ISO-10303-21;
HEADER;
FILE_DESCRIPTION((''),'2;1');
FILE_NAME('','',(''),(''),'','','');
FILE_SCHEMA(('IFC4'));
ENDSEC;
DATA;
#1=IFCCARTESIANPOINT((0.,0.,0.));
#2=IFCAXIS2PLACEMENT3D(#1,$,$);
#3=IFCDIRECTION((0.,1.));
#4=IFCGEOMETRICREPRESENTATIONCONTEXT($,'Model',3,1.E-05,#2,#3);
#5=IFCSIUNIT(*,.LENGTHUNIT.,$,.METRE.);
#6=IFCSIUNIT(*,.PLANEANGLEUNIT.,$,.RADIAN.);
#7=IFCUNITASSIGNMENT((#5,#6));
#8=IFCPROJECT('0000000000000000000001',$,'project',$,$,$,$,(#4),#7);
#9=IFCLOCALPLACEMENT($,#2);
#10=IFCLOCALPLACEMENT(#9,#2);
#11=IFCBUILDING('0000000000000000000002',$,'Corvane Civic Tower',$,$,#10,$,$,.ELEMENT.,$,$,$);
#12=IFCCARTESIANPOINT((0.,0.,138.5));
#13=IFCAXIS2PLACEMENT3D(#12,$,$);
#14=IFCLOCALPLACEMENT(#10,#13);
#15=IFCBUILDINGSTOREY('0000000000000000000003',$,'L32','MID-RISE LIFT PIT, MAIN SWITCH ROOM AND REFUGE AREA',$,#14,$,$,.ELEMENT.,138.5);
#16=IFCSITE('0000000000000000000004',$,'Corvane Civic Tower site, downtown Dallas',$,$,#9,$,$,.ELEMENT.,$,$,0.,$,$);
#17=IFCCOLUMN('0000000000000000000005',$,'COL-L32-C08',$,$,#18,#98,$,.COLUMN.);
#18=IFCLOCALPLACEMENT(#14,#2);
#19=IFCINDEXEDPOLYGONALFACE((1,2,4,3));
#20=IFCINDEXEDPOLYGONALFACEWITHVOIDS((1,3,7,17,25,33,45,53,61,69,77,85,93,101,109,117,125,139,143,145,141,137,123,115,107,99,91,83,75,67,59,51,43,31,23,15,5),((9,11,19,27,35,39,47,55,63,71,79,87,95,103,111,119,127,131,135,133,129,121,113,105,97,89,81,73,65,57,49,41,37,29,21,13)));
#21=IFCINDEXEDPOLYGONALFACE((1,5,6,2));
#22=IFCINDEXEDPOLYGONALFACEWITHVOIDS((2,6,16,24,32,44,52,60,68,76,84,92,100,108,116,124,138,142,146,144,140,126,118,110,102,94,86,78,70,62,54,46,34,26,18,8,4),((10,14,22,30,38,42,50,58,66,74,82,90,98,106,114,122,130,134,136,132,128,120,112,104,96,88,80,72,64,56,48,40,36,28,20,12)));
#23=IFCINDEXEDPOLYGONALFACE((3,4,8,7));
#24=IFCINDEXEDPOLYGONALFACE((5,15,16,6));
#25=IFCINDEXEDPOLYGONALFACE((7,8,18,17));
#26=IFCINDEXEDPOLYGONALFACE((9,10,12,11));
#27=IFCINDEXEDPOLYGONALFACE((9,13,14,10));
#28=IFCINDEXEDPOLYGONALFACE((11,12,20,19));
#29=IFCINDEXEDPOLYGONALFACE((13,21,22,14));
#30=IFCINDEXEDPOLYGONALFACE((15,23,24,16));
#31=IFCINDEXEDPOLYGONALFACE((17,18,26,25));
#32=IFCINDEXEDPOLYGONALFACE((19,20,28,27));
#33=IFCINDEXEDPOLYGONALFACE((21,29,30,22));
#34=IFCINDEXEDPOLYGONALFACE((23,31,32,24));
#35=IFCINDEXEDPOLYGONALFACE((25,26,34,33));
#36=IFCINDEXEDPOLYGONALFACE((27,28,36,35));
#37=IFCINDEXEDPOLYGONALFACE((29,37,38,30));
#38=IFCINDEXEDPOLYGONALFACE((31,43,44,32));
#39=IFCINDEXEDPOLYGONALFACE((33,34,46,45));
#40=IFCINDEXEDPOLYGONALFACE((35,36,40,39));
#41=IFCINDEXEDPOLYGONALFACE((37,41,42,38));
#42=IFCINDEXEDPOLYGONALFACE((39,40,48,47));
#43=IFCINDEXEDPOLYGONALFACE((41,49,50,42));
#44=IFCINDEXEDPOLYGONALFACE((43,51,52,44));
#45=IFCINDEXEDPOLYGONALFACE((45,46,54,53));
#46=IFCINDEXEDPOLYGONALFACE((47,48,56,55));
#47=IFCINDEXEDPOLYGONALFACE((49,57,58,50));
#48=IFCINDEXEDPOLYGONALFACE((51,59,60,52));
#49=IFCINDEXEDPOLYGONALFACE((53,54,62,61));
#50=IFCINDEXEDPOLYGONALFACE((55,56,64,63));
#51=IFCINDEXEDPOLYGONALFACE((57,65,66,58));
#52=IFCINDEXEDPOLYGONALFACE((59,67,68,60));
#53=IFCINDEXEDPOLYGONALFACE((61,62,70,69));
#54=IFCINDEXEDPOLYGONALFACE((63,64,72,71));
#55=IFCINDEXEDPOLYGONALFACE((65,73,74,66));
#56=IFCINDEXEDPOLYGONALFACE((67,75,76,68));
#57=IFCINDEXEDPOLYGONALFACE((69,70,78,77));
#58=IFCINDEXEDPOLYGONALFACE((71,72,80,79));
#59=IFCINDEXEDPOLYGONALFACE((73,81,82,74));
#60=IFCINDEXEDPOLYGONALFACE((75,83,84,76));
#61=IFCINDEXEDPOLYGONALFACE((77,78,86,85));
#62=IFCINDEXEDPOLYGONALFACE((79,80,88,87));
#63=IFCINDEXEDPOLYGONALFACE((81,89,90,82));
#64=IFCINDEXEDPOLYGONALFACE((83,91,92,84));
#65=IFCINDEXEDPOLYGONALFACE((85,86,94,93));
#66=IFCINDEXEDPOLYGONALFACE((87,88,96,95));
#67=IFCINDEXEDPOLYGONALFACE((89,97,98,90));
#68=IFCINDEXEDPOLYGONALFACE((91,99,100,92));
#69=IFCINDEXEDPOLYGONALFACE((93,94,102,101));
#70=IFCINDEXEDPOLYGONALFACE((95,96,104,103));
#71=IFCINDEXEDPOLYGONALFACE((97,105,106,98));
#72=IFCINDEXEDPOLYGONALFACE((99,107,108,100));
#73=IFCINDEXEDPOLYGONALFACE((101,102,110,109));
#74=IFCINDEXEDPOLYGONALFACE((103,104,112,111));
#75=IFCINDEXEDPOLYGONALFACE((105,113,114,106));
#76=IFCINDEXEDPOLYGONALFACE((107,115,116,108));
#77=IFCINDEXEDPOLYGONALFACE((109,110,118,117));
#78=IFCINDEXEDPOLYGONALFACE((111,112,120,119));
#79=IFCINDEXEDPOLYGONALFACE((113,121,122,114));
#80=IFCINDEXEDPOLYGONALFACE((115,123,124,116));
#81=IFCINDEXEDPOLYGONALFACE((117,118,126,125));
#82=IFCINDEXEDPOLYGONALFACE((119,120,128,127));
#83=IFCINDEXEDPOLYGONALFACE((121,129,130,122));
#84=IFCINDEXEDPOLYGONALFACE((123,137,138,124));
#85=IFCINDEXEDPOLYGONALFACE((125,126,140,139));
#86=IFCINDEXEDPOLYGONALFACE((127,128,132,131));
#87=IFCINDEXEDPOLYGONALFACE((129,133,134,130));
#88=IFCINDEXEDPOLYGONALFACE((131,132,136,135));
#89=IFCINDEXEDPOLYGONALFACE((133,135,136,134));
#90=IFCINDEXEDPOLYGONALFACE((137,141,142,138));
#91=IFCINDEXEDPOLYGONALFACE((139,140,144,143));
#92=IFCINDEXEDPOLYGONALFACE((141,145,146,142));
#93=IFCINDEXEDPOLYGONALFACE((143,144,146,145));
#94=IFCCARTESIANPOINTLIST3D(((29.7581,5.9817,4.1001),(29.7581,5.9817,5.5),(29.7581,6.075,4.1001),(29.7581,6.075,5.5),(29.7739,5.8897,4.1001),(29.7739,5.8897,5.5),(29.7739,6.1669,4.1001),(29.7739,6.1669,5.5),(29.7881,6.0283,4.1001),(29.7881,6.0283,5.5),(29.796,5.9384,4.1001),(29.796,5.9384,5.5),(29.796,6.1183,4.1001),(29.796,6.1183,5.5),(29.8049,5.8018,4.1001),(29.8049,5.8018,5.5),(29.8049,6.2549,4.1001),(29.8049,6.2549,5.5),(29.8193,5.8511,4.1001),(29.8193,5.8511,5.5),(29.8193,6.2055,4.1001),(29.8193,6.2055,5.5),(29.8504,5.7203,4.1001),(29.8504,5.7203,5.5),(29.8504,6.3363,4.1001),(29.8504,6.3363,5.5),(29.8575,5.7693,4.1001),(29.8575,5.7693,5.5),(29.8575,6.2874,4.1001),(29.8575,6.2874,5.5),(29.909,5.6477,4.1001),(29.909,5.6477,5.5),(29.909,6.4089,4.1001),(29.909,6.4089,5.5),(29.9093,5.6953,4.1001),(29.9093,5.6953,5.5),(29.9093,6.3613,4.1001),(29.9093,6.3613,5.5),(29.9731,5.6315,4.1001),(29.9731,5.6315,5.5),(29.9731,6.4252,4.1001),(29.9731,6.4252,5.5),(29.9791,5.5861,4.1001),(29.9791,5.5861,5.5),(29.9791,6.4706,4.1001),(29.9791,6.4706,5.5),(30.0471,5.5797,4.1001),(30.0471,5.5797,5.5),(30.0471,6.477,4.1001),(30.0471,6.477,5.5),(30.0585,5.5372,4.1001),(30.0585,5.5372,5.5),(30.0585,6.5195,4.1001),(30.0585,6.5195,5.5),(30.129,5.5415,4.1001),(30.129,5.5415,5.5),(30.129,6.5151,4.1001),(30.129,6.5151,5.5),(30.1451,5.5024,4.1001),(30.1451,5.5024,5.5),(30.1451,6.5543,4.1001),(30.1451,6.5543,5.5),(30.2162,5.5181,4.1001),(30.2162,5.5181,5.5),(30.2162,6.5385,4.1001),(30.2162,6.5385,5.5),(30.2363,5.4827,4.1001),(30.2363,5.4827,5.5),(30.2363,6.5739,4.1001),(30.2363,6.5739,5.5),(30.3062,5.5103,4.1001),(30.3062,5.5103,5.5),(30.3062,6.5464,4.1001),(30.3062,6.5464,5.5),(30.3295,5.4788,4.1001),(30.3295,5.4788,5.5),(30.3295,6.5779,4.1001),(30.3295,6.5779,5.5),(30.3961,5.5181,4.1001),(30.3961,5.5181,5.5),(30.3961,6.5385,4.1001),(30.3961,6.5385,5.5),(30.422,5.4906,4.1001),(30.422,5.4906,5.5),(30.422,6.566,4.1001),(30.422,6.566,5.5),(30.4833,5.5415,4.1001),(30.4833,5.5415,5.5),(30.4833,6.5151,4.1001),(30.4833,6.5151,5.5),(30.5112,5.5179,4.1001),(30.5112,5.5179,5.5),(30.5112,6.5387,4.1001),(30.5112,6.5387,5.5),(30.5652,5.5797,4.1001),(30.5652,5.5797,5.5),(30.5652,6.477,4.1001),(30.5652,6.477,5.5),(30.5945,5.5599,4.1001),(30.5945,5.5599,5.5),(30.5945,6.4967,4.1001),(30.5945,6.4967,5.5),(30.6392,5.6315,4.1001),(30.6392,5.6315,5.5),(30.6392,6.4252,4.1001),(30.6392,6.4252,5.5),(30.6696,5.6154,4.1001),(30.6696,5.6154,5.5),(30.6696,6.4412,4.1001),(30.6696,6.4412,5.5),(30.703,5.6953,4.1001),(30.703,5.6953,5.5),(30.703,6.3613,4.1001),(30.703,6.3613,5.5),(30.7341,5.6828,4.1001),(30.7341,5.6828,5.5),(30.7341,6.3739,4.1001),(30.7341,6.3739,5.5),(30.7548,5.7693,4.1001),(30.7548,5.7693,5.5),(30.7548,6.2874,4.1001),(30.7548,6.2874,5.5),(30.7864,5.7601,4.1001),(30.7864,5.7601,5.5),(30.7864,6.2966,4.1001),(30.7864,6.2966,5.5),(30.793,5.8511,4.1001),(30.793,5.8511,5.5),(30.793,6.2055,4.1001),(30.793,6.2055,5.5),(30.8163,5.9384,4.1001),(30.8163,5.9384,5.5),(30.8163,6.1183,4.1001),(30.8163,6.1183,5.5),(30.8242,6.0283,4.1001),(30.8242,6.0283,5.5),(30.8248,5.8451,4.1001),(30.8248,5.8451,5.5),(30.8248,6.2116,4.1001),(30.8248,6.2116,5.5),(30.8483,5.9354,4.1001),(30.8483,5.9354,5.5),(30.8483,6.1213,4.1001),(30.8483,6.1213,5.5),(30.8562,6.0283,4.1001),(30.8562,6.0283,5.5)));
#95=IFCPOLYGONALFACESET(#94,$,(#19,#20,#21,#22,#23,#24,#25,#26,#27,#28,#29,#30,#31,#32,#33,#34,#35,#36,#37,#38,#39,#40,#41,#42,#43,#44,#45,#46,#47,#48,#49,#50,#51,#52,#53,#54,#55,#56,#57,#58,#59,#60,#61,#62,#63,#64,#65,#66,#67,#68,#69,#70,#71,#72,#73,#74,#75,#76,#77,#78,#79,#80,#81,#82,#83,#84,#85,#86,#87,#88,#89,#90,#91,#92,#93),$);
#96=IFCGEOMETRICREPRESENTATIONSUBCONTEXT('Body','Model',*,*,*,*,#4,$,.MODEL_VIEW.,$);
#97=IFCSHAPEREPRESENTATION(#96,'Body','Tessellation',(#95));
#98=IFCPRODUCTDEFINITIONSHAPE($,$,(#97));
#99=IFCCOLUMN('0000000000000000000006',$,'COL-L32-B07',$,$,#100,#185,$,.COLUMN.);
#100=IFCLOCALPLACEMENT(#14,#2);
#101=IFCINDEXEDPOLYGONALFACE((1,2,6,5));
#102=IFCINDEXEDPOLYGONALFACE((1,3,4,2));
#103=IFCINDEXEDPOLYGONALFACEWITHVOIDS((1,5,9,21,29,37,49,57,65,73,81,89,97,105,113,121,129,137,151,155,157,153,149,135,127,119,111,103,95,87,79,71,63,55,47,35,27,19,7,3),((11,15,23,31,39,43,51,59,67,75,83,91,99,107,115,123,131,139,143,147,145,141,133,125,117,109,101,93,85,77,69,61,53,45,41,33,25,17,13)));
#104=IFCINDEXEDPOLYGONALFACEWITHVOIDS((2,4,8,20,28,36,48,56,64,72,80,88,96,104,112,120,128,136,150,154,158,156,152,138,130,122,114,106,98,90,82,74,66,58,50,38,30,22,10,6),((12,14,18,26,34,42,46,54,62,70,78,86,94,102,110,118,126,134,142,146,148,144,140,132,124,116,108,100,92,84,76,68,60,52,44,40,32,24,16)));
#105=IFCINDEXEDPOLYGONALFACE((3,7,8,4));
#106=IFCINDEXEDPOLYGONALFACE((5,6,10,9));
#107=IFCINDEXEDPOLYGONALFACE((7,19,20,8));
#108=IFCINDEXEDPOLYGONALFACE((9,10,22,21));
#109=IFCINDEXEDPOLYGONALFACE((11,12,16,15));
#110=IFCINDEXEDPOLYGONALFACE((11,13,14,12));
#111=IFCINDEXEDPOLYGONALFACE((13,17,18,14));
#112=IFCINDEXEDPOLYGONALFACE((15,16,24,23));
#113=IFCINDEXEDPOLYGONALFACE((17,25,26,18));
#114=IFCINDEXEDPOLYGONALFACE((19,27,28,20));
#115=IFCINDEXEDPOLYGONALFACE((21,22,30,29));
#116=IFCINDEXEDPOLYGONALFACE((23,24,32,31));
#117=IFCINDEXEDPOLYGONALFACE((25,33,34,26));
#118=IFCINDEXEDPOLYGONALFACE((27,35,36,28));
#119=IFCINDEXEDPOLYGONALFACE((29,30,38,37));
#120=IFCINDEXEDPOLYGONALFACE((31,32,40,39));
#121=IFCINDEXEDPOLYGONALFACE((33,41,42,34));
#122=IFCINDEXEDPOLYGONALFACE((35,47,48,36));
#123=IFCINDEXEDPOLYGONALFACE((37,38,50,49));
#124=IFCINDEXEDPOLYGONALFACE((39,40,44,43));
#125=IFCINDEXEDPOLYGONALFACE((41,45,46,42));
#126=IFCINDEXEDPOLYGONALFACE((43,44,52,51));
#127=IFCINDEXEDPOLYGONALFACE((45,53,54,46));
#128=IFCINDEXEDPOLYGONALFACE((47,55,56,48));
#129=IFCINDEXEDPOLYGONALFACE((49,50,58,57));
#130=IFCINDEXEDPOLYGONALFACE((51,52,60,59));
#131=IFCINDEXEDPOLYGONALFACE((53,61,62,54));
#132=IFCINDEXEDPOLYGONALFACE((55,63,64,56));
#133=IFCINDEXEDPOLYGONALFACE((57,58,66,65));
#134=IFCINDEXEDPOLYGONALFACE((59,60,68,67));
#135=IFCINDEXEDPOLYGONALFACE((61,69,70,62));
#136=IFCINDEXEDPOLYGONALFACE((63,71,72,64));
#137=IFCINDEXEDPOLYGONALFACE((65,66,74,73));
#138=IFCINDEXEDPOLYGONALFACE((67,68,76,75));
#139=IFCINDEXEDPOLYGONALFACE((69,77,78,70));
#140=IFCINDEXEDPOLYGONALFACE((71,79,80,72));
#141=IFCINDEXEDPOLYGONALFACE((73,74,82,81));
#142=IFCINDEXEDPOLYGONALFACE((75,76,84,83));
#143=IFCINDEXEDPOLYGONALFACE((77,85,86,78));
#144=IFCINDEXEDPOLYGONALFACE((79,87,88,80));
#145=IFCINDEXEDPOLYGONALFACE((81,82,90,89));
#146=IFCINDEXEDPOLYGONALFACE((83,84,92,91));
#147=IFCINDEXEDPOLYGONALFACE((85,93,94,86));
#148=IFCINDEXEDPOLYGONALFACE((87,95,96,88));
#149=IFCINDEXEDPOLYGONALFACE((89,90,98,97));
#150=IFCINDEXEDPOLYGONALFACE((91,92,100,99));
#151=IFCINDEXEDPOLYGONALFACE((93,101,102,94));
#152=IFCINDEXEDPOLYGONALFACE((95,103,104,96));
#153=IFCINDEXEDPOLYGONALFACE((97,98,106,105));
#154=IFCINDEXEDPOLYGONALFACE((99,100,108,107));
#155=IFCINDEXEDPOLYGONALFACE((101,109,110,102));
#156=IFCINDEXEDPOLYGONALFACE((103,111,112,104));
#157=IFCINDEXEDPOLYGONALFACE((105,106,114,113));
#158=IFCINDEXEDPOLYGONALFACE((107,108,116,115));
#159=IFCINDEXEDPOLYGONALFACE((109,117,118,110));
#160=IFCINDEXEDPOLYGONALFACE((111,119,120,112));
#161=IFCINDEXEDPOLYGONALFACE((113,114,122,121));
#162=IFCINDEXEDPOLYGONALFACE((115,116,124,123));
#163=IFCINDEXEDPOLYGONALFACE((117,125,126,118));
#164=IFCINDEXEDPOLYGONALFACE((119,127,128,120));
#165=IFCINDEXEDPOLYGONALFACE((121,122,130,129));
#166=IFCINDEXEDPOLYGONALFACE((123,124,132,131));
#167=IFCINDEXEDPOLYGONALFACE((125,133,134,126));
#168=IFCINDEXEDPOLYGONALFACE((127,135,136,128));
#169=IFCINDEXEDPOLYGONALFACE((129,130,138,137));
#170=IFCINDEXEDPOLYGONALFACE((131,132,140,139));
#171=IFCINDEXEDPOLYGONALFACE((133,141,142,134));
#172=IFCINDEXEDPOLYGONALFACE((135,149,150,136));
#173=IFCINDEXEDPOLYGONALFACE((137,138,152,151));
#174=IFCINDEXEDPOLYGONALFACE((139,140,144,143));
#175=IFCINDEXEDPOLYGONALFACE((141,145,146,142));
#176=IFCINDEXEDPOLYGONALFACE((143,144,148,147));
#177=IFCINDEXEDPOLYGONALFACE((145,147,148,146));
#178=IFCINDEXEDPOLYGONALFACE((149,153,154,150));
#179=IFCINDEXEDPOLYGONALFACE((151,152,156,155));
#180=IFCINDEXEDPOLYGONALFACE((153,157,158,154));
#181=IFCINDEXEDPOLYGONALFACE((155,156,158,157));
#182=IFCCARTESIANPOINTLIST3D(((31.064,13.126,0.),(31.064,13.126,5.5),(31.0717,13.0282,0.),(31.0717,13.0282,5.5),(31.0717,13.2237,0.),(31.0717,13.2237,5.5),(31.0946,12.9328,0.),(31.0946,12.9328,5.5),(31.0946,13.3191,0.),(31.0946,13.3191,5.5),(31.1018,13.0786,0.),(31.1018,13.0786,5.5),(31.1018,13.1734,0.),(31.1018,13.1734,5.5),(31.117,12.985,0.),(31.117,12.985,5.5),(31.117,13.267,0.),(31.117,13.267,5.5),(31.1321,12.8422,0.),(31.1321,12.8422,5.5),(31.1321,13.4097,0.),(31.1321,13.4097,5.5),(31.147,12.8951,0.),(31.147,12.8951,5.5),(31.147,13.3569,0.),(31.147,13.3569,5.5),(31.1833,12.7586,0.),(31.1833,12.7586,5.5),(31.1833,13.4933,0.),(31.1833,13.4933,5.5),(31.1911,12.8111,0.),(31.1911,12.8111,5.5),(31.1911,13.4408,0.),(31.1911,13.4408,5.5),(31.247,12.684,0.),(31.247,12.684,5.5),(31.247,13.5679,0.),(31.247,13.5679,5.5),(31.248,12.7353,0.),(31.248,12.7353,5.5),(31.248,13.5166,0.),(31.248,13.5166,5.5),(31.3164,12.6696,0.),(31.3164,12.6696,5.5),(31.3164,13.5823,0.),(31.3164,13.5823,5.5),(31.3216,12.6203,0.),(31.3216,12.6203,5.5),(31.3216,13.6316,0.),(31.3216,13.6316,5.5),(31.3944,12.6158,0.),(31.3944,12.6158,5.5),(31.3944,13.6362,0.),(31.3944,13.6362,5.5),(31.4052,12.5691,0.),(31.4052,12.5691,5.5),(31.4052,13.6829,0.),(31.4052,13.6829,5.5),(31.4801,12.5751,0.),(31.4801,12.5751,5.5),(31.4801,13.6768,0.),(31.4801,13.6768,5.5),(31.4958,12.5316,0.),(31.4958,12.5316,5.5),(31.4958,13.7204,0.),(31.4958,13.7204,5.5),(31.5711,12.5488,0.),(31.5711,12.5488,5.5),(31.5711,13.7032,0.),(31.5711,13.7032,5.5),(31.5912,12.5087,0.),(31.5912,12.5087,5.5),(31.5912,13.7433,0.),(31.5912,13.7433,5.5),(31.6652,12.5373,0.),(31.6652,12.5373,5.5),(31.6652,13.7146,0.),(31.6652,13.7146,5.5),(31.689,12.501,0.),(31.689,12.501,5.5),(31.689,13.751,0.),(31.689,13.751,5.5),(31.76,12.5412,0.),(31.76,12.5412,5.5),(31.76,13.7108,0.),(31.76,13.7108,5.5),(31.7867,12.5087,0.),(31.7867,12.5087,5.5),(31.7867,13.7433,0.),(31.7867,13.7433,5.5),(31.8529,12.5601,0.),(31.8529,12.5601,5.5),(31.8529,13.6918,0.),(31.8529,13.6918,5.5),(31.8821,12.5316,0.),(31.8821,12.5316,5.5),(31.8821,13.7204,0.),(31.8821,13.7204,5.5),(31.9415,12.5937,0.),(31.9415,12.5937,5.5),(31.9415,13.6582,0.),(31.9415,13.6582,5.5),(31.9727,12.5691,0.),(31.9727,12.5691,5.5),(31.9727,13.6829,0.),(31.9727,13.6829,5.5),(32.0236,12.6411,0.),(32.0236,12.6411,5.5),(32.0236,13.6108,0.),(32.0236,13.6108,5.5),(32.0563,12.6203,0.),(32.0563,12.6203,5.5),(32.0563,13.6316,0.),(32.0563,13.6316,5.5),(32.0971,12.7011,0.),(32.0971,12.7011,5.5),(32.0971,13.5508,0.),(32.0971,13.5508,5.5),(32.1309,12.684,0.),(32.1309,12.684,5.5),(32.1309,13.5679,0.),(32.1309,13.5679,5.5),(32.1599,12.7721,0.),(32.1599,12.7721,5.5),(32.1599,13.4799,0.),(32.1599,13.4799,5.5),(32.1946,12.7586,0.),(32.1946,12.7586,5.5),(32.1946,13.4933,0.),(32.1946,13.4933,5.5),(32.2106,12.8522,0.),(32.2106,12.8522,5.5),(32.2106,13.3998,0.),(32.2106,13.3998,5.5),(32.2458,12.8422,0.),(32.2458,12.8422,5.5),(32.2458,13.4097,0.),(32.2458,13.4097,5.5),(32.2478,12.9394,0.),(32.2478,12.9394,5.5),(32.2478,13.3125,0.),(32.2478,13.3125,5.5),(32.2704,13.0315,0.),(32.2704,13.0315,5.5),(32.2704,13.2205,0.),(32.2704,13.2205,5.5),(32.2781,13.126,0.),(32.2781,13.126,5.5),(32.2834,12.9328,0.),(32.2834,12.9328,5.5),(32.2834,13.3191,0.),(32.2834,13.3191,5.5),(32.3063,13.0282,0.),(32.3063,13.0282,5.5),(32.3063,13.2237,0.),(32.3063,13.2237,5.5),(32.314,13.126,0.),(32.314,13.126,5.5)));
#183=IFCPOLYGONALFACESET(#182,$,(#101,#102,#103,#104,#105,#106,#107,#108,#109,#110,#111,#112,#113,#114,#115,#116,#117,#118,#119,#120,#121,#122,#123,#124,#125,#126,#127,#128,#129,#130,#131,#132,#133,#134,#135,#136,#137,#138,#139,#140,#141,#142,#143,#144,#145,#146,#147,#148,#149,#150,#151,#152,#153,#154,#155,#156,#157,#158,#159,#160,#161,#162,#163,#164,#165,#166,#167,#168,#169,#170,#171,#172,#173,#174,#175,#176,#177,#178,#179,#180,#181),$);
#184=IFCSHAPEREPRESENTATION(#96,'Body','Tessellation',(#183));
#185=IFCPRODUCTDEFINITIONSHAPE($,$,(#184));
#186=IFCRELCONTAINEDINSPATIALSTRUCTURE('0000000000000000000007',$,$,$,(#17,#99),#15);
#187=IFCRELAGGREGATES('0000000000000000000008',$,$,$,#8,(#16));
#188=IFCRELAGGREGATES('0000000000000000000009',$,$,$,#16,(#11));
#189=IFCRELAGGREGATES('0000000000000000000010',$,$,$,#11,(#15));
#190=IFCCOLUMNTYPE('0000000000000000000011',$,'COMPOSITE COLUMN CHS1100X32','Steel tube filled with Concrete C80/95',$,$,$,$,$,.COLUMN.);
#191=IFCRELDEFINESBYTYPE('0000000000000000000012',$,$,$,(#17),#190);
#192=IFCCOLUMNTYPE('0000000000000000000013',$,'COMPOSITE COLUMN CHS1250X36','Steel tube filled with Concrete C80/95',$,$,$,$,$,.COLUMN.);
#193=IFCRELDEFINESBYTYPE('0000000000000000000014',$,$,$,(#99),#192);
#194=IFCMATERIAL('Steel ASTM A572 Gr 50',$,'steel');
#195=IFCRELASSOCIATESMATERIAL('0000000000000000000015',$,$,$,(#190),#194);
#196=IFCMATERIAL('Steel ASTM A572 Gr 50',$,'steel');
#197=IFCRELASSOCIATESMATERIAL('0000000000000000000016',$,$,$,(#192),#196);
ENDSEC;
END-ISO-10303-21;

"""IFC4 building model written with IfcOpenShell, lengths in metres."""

from ifc_helpers import new_model, si_unit, direction, frame, origin, origin_2d, place, context, subcontext, project, spatial, hollow_circle, extrude, material, material_profile, profile_set, type_object, element, save


model = new_model("IFC4")

# Units and contexts
model_context = context("Model", 3, precision=1e-05, world=origin(), true_north=direction((0.0, 1.0)))
body_context = subcontext(model_context, "Body", "Model", "MODEL_VIEW")
ifc_project = project(units=[si_unit("LENGTHUNIT", "METRE"), si_unit("PLANEANGLEUNIT", "RADIAN")], contexts=[model_context])

# Site, building, storey
site_placement = place(None, origin())
site = spatial("IfcSite", under=ifc_project, at=site_placement, Name="Corvane Civic Tower site, downtown Dallas", CompositionType="ELEMENT", RefElevation=0.0)
building_placement = place(site_placement, origin())
building = spatial("IfcBuilding", under=site, at=building_placement, Name="Corvane Civic Tower", CompositionType="ELEMENT")
storey_placement = place(building_placement, frame((0.0, 0.0, 138.5)))
storey = spatial("IfcBuildingStorey", under=building, at=storey_placement, Name="L32", Description="MID-RISE LIFT PIT, MAIN SWITCH ROOM AND REFUGE AREA", CompositionType="ELEMENT", Elevation=138.5)

# Columns
ifc_material_1 = material(Name="Steel ASTM A572 Gr 50", Category="steel")
ifc_material_profile_1 = material_profile(ifc_material_1, hollow_circle(Radius=0.55, WallThickness=0.032, at=origin_2d()), Name="CHS1100X32")
ifc_profile_set_1 = profile_set([ifc_material_profile_1], Name="Steel ASTM A572 Gr 50")
column_type_1 = type_object("IfcColumnType", Name="COMPOSITE COLUMN CHS1100X32", Description="Steel tube filled with Concrete C80/95", PredefinedType="COLUMN", material=ifc_profile_set_1)
for number, where, z_axis, x_axis, name in (
    (1, (30.3062, 6.0283, 4.1001), (0.0, 0.0, 1.0), (1.0, 0.0, 0.0), "COL-L32-C08"),
):
    element("IfcColumn", number, at=place(storey_placement, frame(where, z_axis=z_axis, x_axis=x_axis)), inside=storey, type_object=column_type_1, Name=name, PredefinedType="COLUMN", context=body_context, shape_type="SweptSolid", body=[
        extrude(hollow_circle(Radius=0.55, WallThickness=0.032, at=origin_2d()), origin(), (0.0, 0.0, 1.0), 1.3999),
    ])
ifc_material_2 = material(Name="Steel ASTM A572 Gr 50", Category="steel")
ifc_material_profile_2 = material_profile(ifc_material_2, hollow_circle(Radius=0.625, WallThickness=0.0359, at=origin_2d()), Name="CHS1250X36")
ifc_profile_set_2 = profile_set([ifc_material_profile_2], Name="Steel ASTM A572 Gr 50")
column_type_2 = type_object("IfcColumnType", Name="COMPOSITE COLUMN CHS1250X36", Description="Steel tube filled with Concrete C80/95", PredefinedType="COLUMN", material=ifc_profile_set_2)
for number, where, z_axis, x_axis, name in (
    (2, (31.689, 13.126, 0.0), (0.0, 0.0, 1.0), (1.0, 0.0, 0.0), "COL-L32-B07"),
):
    element("IfcColumn", number, at=place(storey_placement, frame(where, z_axis=z_axis, x_axis=x_axis)), inside=storey, type_object=column_type_2, Name=name, PredefinedType="COLUMN", context=body_context, shape_type="SweptSolid", body=[
        extrude(hollow_circle(Radius=0.625, WallThickness=0.0359, at=origin_2d()), origin(), (0.0, 0.0, 1.0), 5.5),
    ])

save(model, "model.ifc")
